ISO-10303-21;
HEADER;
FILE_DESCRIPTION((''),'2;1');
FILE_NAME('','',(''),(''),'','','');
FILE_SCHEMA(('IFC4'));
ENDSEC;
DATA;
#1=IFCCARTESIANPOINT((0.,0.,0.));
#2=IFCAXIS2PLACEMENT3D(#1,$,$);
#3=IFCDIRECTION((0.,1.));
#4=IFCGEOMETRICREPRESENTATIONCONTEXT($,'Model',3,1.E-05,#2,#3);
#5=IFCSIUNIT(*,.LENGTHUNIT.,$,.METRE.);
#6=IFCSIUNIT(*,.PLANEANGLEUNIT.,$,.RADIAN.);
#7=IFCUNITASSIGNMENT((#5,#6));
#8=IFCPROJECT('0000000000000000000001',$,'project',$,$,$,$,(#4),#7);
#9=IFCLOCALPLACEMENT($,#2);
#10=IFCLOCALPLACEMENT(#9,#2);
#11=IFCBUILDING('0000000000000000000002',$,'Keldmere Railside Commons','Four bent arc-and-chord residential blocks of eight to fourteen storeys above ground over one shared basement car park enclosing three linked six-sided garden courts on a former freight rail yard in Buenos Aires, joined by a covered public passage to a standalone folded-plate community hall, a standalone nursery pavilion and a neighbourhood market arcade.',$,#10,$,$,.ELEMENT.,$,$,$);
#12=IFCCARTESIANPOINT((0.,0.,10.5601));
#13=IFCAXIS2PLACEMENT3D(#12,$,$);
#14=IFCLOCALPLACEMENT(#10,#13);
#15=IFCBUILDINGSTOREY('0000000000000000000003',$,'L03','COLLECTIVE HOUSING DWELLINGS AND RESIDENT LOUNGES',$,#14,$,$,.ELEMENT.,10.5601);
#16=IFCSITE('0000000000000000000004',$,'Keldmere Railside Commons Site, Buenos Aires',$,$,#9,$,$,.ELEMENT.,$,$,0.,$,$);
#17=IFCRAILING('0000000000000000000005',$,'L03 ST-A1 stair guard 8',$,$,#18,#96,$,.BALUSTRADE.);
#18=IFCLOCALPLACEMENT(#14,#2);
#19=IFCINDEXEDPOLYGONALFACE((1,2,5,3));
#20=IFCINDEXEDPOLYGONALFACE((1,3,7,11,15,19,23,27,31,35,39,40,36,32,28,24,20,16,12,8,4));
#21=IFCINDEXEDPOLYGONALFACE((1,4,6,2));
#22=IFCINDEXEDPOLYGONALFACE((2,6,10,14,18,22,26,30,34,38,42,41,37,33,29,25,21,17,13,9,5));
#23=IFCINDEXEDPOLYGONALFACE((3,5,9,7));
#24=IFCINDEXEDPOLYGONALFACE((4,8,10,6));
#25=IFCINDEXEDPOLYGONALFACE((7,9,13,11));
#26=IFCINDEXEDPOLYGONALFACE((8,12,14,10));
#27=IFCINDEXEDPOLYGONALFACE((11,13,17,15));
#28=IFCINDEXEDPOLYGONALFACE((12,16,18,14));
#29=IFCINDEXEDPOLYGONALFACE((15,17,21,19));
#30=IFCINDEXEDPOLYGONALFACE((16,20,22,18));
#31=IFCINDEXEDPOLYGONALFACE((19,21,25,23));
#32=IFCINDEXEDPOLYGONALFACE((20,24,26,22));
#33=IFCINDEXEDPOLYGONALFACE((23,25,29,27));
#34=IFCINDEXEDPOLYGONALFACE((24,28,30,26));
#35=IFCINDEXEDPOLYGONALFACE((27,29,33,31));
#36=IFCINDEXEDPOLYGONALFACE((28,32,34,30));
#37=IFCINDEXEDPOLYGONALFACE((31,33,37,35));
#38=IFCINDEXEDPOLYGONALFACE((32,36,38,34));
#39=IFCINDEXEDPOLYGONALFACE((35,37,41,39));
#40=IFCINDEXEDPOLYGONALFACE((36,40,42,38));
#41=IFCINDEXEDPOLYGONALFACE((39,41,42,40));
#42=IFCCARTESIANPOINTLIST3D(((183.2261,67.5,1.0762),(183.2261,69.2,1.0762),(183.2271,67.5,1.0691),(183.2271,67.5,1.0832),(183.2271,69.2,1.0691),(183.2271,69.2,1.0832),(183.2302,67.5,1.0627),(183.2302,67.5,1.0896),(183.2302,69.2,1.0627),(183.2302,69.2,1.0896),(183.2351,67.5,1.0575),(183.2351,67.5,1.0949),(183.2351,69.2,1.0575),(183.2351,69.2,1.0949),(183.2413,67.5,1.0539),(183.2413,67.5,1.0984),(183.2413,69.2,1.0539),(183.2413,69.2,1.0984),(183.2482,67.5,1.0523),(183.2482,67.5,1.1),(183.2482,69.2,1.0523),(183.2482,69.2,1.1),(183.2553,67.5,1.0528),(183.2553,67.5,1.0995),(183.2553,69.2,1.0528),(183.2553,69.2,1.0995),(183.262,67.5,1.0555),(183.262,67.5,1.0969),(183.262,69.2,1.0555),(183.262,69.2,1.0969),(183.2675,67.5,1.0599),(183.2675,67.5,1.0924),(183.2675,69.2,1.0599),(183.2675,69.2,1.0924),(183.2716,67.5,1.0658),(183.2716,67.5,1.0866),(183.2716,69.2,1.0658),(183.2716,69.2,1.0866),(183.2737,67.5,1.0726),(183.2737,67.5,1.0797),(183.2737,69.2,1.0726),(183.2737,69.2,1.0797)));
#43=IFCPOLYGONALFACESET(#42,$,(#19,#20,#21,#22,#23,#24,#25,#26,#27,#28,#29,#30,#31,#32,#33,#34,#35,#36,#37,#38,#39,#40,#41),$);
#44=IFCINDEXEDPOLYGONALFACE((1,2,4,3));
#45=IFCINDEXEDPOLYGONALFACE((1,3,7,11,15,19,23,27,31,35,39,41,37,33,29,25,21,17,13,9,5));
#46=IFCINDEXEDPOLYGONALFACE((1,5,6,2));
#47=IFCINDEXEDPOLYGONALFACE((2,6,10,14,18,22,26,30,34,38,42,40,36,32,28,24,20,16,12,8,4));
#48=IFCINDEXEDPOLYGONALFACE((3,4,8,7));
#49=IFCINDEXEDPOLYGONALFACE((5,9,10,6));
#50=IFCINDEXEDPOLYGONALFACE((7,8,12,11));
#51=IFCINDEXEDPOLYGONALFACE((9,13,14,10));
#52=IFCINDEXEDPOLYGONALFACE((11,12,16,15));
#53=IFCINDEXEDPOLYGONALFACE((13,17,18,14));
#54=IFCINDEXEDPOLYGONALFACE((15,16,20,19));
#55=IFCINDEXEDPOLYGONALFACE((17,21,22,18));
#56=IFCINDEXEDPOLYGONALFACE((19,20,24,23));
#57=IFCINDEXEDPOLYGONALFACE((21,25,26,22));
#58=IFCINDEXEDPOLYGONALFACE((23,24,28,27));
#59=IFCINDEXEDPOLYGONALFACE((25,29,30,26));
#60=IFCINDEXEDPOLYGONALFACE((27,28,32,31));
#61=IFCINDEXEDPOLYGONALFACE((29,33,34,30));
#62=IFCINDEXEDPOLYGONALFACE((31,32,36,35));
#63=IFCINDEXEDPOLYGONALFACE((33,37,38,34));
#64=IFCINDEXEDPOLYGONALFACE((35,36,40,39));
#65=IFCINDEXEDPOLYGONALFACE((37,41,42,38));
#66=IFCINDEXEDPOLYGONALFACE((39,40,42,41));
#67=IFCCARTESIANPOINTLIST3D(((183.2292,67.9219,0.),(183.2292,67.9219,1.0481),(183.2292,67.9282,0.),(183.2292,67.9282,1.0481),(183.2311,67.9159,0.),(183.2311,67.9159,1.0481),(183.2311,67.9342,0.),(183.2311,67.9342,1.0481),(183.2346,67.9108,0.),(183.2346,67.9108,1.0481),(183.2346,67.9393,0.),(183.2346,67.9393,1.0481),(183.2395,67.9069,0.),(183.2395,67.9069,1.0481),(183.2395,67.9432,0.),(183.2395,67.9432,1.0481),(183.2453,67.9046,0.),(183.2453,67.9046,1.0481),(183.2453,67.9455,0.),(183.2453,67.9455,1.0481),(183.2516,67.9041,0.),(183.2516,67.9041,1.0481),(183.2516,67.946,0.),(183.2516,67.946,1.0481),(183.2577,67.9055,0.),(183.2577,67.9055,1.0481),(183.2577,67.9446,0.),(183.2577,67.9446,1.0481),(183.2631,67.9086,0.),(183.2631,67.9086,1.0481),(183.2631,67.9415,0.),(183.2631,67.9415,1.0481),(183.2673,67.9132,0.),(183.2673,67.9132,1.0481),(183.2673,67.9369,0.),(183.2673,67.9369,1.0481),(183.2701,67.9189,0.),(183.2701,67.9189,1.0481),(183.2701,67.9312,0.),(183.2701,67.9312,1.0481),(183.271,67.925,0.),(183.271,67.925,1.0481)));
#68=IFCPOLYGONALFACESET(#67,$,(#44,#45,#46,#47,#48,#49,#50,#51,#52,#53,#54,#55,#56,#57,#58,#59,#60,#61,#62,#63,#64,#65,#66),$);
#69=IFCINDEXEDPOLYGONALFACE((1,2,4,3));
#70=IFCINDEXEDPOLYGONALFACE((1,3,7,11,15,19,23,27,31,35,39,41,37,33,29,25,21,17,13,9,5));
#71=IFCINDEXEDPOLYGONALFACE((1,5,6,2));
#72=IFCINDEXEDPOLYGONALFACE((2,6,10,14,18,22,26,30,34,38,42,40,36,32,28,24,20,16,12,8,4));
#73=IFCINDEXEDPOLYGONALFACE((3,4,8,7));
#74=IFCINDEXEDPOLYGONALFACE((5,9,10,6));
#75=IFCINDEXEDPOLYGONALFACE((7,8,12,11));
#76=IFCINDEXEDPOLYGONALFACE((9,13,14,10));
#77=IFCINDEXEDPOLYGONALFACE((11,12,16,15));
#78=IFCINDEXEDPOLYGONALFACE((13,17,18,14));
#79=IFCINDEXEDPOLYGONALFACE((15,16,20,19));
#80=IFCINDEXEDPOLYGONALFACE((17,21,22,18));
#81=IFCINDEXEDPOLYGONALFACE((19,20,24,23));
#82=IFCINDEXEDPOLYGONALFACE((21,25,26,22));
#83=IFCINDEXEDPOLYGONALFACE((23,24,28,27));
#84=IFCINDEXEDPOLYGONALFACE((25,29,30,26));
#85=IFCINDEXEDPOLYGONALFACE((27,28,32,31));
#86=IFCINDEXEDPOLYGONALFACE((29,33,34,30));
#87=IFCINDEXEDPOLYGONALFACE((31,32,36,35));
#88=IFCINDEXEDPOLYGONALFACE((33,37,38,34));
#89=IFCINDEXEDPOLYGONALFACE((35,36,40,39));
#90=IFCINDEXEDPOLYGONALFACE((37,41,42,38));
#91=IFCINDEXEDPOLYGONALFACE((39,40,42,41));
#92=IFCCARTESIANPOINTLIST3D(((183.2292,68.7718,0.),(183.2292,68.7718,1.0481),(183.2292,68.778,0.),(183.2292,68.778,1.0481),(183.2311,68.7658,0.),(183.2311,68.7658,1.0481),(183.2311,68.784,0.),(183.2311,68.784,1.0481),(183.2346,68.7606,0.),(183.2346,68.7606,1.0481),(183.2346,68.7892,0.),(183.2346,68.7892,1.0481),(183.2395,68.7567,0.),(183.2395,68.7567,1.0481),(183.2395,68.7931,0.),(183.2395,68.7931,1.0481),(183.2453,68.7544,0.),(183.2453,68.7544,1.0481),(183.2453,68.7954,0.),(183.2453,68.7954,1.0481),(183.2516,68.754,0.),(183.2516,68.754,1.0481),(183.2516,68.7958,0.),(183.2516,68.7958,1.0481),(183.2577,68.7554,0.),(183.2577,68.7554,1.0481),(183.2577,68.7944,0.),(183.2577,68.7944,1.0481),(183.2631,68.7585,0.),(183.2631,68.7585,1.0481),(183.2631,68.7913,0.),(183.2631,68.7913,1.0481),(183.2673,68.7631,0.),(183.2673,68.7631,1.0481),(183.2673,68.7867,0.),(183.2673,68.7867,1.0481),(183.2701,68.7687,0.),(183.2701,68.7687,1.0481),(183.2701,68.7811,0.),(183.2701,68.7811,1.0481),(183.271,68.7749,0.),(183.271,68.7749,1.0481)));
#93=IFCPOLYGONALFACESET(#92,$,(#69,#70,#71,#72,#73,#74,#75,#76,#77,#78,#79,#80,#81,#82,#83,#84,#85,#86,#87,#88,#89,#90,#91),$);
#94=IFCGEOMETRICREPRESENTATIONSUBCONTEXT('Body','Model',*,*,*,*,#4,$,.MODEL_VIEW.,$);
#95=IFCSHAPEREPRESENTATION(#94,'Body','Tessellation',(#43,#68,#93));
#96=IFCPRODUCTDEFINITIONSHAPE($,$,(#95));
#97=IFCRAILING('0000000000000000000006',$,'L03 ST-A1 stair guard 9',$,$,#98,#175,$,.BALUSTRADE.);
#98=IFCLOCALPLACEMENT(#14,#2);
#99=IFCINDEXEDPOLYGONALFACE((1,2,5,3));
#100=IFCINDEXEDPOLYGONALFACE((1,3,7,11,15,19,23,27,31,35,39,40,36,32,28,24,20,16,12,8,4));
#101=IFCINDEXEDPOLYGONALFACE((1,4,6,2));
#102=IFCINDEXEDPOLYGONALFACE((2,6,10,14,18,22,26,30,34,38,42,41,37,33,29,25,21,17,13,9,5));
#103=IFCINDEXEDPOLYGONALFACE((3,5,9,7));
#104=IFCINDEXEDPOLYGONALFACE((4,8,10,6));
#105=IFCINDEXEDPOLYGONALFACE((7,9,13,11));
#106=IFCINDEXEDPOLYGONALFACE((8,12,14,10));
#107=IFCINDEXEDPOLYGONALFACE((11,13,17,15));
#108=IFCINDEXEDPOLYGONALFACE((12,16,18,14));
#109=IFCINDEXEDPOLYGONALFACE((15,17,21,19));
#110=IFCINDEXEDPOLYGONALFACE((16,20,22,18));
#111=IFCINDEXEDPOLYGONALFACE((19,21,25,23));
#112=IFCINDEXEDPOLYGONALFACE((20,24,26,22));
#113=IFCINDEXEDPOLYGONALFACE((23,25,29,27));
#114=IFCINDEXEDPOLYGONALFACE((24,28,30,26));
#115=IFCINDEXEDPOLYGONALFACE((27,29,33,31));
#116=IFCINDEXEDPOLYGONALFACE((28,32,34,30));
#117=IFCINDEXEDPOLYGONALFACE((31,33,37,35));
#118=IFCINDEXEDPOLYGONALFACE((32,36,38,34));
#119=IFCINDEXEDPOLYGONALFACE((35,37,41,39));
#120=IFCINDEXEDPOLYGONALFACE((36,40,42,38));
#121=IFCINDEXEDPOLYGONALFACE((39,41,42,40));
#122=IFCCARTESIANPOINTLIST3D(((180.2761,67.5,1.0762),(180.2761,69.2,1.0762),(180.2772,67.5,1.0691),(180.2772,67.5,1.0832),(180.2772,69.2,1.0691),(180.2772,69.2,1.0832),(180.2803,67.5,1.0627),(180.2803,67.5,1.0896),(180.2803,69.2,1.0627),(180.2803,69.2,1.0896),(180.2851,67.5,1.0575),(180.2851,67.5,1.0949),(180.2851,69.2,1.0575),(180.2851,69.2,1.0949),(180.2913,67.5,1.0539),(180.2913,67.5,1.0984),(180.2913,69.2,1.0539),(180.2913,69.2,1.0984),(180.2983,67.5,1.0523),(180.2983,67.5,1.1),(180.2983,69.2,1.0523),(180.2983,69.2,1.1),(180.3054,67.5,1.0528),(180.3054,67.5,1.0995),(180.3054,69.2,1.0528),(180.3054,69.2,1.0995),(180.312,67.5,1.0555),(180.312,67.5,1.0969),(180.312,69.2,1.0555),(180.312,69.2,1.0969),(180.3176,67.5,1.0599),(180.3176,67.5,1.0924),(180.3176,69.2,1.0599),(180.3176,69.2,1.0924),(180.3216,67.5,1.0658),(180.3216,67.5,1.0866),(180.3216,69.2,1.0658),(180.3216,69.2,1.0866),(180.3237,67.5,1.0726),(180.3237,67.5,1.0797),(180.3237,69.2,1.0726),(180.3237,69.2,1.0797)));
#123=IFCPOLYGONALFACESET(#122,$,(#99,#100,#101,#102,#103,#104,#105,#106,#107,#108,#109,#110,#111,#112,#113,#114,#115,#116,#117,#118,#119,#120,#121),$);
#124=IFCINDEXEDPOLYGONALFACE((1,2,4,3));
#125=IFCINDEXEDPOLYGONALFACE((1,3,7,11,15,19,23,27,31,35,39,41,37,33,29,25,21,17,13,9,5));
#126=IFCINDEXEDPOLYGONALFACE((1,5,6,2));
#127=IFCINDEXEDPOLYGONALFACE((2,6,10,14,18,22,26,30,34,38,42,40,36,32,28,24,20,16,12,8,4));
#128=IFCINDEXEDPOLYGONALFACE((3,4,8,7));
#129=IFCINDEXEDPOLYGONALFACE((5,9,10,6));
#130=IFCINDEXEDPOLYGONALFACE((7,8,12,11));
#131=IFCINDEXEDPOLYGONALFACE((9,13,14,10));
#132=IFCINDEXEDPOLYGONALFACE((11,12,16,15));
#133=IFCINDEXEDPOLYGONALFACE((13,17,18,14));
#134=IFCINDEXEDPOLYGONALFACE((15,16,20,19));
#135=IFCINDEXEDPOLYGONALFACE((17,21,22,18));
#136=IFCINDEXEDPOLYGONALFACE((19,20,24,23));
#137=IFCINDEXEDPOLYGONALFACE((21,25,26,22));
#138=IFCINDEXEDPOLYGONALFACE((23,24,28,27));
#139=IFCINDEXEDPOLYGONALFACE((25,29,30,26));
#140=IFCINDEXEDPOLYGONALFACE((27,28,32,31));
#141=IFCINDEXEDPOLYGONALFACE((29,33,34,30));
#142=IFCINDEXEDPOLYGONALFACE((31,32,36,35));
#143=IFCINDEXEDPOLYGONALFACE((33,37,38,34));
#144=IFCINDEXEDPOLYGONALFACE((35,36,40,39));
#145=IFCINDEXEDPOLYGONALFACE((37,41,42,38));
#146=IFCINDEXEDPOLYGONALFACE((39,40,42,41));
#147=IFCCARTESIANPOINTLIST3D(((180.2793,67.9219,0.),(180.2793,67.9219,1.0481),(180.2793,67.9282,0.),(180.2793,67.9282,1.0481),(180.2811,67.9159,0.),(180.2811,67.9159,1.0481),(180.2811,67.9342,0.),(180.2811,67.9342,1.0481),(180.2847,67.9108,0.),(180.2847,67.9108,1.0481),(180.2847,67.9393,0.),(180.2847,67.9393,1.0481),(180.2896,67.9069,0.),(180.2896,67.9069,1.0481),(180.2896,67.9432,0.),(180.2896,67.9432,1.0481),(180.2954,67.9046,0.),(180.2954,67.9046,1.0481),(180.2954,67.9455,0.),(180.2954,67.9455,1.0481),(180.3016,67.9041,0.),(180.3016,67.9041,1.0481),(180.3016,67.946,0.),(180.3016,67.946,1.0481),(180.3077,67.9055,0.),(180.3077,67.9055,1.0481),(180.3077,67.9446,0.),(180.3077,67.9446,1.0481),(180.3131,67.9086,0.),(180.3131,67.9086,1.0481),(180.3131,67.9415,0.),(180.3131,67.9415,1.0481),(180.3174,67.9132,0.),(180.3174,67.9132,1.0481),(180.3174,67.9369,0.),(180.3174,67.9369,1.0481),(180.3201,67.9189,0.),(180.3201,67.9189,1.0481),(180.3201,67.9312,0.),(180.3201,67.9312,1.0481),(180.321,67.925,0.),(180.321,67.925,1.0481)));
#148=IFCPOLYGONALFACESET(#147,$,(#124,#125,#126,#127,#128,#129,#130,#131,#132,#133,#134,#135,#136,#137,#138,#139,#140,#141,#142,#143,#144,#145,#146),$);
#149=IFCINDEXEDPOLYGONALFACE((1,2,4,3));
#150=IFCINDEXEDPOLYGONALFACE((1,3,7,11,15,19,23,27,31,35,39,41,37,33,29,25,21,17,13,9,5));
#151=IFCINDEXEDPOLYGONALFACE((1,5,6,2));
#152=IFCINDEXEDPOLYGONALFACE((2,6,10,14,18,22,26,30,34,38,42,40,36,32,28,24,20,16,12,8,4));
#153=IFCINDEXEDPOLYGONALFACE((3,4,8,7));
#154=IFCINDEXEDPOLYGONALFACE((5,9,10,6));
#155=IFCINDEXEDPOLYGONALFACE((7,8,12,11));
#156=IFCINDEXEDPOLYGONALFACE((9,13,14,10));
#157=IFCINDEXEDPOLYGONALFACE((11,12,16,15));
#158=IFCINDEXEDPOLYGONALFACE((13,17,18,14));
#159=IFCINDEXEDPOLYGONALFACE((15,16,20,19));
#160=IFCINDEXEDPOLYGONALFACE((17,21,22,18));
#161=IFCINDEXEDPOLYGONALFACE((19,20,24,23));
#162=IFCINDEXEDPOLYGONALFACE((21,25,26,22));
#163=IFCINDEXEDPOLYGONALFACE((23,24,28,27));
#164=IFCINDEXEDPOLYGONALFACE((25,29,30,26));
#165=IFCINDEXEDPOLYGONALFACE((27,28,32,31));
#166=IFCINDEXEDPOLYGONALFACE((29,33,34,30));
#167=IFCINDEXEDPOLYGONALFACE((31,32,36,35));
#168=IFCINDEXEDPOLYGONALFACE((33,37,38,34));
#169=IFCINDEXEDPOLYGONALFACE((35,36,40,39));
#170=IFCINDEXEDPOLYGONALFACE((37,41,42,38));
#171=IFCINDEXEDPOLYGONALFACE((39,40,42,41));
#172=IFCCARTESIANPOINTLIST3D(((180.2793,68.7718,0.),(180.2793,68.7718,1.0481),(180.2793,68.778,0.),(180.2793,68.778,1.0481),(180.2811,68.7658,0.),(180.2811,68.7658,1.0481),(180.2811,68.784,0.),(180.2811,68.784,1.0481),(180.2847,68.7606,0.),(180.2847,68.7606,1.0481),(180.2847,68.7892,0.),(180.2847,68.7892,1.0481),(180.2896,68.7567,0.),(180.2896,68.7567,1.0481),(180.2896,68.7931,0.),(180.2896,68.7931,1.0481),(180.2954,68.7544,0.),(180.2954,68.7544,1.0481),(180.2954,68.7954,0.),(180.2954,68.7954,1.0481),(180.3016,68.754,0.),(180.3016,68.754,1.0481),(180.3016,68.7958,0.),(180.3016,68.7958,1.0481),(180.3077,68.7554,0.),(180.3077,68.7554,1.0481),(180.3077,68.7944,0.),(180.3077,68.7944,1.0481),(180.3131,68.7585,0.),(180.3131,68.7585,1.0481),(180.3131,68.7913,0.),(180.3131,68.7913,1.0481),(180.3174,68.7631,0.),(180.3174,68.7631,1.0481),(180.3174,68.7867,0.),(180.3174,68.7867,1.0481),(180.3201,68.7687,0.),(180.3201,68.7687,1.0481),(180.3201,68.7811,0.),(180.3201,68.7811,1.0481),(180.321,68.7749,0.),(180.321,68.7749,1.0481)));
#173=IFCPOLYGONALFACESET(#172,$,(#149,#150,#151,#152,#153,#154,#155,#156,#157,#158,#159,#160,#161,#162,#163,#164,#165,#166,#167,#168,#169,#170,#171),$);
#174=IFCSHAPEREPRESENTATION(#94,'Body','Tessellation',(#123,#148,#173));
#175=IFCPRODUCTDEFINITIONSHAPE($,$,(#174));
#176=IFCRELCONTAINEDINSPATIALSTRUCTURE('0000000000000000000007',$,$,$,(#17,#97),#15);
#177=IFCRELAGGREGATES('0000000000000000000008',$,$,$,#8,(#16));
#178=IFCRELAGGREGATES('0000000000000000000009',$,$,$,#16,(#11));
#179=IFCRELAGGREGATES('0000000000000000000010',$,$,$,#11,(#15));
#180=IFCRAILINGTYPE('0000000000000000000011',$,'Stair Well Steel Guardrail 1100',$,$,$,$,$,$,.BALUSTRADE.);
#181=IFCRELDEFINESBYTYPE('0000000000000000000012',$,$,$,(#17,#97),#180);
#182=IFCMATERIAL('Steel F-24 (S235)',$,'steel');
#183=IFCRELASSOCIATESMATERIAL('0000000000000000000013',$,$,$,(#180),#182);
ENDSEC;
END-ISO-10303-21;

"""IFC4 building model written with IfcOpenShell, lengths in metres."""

from ifc_helpers import new_model, si_unit, direction, frame, origin, origin_2d, place, context, subcontext, project, spatial, circle, extrude, material, type_object, element, save


model = new_model("IFC4")

# Units and contexts
model_context = context("Model", 3, precision=1e-05, world=origin(), true_north=direction((0.0, 1.0)))
body_context = subcontext(model_context, "Body", "Model", "MODEL_VIEW")
ifc_project = project(units=[si_unit("LENGTHUNIT", "METRE"), si_unit("PLANEANGLEUNIT", "RADIAN")], contexts=[model_context])

# Site, building, storey
site_placement = place(None, origin())
site = spatial("IfcSite", under=ifc_project, at=site_placement, Name="Keldmere Railside Commons Site, Buenos Aires", CompositionType="ELEMENT", RefElevation=0.0)
building_placement = place(site_placement, origin())
building = spatial("IfcBuilding", under=site, at=building_placement, Name="Keldmere Railside Commons", Description="Four bent arc-and-chord residential blocks of eight to fourteen storeys above ground over one shared basement car park enclosing three linked six-sided garden courts on a former freight rail yard in Buenos Aires, joined by a covered public passage to a standalone folded-plate community hall, a standalone nursery pavilion and a neighbourhood market arcade.", CompositionType="ELEMENT")
storey_placement = place(building_placement, frame((0.0, 0.0, 10.5601)))
storey = spatial("IfcBuildingStorey", under=building, at=storey_placement, Name="L03", Description="COLLECTIVE HOUSING DWELLINGS AND RESIDENT LOUNGES", CompositionType="ELEMENT", Elevation=10.5601)

# Railings
ifc_material_1 = material(Name="Steel F-24 (S235)", Category="steel")
railing_type_1 = type_object("IfcRailingType", Name="Stair Well Steel Guardrail 1100", PredefinedType="BALUSTRADE", material=ifc_material_1)
for number, where, name in (
    (1, (183.25, 67.5, 0.0), "L03 ST-A1 stair guard 8"),
    (2, (180.3, 67.5, 0.0), "L03 ST-A1 stair guard 9"),
):
    element("IfcRailing", number, at=place(storey_placement, frame(where)), inside=storey, type_object=railing_type_1, Name=name, PredefinedType="BALUSTRADE", context=body_context, shape_type="SweptSolid", body=[
        extrude(circle(Radius=0.0239, at=origin_2d()), frame((0.0, 0.0, 1.0762), z_axis=(0.0, 1.0, 0.0), x_axis=(-1.0, 0.0, 0.0)), (0.0, 0.0, 1.0), 1.7),
        extrude(circle(Radius=0.021, at=origin_2d()), frame((0.0, 0.425, 0.0)), (0.0, 0.0, 1.0), 1.0481),
        extrude(circle(Radius=0.021, at=origin_2d()), frame((0.0, 1.2749, 0.0)), (0.0, 0.0, 1.0), 1.0481),
    ])

save(model, "model.ifc")
